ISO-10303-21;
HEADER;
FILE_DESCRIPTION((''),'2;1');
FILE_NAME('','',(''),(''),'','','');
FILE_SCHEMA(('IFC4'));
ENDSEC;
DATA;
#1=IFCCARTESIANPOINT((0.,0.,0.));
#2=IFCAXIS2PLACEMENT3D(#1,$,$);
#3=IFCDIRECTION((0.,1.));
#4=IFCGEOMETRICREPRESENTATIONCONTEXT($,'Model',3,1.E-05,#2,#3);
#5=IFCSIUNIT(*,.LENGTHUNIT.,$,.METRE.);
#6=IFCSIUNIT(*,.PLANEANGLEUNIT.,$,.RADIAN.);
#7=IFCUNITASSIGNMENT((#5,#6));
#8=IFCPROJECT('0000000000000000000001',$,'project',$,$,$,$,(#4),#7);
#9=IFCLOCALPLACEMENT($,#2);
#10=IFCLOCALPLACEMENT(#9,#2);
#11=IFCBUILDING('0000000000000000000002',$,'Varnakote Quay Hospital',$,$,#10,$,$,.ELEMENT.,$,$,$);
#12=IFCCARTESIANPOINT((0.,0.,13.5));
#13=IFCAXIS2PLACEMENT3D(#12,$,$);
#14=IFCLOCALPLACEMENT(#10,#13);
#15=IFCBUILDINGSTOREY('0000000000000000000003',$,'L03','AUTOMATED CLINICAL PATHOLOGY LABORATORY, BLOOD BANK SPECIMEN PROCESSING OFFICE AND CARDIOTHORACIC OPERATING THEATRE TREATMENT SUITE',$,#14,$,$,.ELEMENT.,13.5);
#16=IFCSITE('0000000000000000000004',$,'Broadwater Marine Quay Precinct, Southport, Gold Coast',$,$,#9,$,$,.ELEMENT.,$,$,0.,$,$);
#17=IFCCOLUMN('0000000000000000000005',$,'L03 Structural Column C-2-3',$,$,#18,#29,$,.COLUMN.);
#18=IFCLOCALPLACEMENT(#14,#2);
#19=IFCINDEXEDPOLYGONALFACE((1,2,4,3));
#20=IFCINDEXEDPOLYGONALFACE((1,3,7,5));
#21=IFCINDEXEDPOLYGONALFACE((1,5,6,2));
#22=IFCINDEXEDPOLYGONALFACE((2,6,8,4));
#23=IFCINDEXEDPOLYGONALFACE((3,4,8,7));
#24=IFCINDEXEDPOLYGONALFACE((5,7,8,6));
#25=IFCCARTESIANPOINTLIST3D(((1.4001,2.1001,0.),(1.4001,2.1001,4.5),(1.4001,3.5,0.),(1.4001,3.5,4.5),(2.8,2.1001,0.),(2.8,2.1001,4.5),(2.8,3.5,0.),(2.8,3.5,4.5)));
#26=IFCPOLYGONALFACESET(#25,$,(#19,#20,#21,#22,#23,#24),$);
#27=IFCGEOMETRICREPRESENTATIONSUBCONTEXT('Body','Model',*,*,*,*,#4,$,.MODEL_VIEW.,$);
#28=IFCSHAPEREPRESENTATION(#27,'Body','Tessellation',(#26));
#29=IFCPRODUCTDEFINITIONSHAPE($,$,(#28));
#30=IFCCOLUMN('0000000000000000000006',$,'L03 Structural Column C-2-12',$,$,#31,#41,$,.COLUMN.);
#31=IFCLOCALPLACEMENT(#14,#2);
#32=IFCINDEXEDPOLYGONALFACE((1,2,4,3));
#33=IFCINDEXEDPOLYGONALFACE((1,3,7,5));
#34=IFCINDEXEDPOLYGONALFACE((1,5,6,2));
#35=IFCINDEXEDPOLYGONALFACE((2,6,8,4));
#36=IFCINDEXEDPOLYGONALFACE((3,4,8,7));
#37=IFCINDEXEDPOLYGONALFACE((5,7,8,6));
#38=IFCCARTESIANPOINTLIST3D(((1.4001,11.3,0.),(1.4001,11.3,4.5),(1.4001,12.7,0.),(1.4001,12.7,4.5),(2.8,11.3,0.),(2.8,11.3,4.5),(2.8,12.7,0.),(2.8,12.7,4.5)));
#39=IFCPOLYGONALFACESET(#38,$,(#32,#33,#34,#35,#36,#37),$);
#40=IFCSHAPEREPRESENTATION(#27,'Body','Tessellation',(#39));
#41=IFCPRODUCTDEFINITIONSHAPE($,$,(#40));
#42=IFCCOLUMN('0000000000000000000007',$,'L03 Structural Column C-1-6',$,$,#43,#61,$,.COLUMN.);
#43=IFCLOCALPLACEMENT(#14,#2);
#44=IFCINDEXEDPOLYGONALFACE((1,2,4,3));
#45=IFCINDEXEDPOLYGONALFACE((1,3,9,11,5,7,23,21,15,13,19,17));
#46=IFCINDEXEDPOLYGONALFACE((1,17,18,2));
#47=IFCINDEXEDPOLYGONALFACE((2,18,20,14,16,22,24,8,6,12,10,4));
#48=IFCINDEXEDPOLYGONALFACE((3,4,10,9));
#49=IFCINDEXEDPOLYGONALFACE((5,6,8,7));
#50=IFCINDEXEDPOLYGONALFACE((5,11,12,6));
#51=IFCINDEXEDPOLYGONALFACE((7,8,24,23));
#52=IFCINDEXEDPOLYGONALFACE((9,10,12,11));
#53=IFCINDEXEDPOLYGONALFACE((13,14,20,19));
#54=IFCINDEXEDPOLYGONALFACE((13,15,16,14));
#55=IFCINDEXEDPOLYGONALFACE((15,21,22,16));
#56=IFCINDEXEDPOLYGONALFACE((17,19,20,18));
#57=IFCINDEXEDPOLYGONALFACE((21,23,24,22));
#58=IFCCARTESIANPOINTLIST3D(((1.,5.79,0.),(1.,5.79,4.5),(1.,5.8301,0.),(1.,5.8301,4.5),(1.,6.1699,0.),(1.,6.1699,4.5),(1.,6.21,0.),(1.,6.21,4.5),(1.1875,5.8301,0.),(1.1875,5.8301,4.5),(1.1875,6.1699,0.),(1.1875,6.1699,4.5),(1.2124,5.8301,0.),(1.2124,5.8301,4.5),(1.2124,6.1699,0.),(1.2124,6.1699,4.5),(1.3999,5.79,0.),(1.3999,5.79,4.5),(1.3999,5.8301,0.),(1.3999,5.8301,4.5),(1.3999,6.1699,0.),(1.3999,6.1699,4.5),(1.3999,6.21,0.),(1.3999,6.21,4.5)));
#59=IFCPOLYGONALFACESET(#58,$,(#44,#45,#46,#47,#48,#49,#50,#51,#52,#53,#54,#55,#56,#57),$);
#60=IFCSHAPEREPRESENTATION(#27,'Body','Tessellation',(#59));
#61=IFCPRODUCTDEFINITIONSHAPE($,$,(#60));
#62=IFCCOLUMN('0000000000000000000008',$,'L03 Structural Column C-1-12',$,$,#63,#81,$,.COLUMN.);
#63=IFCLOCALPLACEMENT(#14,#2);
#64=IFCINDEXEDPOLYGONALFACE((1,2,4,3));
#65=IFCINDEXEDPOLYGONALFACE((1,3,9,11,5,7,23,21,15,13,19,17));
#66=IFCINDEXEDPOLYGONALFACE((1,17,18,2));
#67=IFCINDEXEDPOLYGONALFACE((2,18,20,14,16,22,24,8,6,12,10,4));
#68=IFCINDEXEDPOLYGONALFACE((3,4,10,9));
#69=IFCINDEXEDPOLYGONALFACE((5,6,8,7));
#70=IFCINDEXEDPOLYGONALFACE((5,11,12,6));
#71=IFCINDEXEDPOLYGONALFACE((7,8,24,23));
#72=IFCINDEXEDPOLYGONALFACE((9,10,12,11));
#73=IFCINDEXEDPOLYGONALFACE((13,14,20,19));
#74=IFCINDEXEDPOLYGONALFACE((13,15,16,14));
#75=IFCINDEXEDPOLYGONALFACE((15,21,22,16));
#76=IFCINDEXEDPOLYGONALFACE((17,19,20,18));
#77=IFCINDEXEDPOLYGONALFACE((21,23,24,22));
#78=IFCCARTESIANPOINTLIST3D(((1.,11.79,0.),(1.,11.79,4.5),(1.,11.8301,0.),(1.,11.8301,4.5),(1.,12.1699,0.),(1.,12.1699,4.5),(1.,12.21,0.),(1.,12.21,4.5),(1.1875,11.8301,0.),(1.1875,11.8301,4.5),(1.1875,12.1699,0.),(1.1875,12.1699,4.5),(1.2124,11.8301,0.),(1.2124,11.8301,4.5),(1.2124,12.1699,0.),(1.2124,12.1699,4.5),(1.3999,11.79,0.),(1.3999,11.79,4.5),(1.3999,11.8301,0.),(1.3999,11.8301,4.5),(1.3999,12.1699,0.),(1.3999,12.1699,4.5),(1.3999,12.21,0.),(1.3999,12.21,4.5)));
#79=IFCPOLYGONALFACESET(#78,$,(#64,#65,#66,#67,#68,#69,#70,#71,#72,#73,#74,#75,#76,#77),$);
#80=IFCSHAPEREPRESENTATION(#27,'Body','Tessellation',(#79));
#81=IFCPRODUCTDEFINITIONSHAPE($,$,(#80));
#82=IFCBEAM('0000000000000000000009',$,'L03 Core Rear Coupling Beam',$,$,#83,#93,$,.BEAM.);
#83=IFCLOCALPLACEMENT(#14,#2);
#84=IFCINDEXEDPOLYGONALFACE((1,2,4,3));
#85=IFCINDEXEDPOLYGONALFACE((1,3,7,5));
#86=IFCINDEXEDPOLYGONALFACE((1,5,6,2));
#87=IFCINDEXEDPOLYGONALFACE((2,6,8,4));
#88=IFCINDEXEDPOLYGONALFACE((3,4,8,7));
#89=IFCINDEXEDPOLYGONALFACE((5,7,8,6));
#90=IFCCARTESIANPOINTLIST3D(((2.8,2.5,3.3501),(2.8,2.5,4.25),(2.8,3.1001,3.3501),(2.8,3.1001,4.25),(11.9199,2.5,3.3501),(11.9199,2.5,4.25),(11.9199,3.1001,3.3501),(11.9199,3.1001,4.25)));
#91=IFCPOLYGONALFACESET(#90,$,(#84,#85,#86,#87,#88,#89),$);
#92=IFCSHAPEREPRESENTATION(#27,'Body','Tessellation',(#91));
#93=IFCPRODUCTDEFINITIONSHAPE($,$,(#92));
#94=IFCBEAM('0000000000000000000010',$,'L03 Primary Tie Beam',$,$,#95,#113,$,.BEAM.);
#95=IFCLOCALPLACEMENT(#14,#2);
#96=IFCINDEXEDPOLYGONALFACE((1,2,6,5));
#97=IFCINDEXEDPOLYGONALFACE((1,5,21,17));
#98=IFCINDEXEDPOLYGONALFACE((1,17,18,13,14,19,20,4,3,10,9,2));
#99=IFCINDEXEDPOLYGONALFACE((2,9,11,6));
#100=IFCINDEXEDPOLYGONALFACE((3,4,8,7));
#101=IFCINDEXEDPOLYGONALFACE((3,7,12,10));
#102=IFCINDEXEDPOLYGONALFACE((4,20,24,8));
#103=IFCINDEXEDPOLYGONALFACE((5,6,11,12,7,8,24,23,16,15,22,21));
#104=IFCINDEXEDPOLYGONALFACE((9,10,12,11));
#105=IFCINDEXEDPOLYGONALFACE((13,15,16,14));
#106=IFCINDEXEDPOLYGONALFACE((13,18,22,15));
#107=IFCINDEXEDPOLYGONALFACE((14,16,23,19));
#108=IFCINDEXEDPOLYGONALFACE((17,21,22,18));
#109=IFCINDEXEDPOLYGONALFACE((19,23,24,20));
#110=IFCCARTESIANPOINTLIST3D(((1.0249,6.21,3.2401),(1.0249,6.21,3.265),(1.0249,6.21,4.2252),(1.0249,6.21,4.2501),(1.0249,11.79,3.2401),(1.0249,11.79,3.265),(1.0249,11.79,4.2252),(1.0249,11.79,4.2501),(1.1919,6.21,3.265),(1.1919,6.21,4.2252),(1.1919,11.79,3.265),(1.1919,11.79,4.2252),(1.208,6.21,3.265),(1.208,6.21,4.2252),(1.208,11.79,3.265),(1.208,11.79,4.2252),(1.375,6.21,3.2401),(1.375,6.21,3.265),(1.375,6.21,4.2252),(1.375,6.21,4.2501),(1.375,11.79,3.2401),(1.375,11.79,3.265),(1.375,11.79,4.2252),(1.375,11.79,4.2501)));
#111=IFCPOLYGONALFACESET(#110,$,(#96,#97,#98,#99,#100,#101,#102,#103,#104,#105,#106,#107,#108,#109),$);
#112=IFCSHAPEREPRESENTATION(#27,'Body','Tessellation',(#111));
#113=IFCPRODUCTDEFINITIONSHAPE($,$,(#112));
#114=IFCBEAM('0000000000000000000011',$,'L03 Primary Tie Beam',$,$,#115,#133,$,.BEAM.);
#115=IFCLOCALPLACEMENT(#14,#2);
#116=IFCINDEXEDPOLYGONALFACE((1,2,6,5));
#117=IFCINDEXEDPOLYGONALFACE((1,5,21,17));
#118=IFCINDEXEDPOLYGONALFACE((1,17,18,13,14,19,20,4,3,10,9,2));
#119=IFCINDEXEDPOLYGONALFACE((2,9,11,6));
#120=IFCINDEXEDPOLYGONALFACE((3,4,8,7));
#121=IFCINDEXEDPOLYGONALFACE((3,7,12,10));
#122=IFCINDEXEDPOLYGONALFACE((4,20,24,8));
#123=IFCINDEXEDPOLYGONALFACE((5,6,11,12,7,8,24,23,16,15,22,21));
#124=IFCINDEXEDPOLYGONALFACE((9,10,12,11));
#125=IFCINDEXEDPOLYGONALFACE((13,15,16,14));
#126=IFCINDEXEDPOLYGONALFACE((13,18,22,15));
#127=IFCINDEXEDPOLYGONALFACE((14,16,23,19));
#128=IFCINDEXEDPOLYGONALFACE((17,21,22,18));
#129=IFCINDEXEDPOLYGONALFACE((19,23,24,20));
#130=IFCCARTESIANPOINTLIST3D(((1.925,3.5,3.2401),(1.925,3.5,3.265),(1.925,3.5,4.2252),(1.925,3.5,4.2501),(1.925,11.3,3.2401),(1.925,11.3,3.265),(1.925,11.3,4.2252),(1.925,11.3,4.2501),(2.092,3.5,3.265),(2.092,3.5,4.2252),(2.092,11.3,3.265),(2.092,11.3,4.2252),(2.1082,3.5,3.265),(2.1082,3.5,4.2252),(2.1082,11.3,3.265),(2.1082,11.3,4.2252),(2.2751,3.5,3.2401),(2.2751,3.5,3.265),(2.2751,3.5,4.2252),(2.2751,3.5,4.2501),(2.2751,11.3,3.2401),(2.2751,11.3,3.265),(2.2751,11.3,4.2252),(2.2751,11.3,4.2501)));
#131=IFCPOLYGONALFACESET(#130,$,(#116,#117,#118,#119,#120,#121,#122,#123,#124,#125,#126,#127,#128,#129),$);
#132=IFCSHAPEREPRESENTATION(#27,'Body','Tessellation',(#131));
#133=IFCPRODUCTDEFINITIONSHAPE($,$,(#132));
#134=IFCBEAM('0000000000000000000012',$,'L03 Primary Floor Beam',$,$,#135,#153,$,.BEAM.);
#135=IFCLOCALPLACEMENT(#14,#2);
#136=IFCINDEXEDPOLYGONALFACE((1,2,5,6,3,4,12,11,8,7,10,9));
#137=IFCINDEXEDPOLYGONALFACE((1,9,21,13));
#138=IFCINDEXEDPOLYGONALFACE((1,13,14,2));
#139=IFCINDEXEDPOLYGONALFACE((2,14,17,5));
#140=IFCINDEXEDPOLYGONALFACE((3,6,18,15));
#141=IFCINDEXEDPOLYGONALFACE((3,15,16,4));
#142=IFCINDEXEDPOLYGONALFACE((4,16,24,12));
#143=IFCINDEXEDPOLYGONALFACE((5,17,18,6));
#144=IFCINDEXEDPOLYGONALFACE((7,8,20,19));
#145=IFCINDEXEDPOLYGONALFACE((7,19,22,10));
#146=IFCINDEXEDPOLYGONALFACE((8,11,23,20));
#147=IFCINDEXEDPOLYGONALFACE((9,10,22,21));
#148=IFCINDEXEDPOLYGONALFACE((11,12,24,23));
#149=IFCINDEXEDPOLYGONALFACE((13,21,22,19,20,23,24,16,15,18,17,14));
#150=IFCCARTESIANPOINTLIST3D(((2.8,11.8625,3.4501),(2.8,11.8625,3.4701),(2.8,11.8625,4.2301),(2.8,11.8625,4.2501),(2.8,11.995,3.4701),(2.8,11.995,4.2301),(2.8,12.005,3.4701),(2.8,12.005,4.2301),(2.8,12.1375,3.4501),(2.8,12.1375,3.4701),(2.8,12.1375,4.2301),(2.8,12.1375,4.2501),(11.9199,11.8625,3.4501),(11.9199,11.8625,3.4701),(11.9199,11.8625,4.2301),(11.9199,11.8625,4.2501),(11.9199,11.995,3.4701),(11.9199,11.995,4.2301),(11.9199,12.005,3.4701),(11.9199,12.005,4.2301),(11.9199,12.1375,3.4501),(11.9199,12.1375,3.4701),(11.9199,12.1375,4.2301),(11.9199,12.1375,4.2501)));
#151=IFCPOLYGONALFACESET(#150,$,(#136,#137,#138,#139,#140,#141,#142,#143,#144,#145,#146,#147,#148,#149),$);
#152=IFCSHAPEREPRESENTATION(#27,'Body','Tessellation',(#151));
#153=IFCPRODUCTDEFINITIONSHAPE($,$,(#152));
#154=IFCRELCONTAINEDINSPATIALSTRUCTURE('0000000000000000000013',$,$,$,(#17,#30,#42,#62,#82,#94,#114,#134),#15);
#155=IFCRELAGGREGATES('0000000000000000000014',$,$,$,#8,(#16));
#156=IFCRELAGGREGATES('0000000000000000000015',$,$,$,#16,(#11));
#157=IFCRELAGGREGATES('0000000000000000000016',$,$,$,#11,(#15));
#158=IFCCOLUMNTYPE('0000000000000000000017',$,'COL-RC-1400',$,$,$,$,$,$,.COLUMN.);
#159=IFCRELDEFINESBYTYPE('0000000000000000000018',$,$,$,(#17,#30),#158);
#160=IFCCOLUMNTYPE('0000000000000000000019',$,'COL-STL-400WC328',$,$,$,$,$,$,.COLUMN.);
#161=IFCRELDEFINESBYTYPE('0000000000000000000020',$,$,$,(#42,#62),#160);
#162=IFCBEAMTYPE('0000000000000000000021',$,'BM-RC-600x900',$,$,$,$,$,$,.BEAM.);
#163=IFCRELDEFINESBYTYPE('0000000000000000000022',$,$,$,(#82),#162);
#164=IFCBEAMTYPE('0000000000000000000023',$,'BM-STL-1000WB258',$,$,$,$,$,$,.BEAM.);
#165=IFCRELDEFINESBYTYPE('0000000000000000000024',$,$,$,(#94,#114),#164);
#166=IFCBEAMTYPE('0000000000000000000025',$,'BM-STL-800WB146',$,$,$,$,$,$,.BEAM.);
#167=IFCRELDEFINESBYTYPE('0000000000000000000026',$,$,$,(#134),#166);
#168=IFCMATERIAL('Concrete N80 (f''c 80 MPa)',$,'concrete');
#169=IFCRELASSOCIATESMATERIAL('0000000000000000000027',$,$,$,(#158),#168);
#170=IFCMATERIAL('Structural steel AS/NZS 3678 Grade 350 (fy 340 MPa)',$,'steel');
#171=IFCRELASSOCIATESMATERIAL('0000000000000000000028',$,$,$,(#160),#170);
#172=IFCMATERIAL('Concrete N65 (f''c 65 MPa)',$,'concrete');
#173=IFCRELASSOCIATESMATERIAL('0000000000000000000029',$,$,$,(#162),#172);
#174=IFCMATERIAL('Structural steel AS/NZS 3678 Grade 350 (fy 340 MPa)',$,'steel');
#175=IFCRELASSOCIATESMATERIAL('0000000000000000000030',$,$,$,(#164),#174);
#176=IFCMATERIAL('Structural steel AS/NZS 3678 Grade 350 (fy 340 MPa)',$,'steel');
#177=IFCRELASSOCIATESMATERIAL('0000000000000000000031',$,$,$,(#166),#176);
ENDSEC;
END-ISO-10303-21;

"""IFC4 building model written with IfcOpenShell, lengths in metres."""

from ifc_helpers import new_model, si_unit, direction, frame, origin, origin_2d, place, context, subcontext, project, spatial, rectangle, i_section, extrude, material, material_profile, profile_set, type_object, element, save


model = new_model("IFC4")

# Units and contexts
model_context = context("Model", 3, precision=1e-05, world=origin(), true_north=direction((0.0, 1.0)))
body_context = subcontext(model_context, "Body", "Model", "MODEL_VIEW")
ifc_project = project(units=[si_unit("LENGTHUNIT", "METRE"), si_unit("PLANEANGLEUNIT", "RADIAN")], contexts=[model_context])

# Site, building, storey
site_placement = place(None, origin())
site = spatial("IfcSite", under=ifc_project, at=site_placement, Name="Broadwater Marine Quay Precinct, Southport, Gold Coast", CompositionType="ELEMENT", RefElevation=0.0)
building_placement = place(site_placement, origin())
building = spatial("IfcBuilding", under=site, at=building_placement, Name="Varnakote Quay Hospital", CompositionType="ELEMENT")
storey_placement = place(building_placement, frame((0.0, 0.0, 13.5)))
storey = spatial("IfcBuildingStorey", under=building, at=storey_placement, Name="L03", Description="AUTOMATED CLINICAL PATHOLOGY LABORATORY, BLOOD BANK SPECIMEN PROCESSING OFFICE AND CARDIOTHORACIC OPERATING THEATRE TREATMENT SUITE", CompositionType="ELEMENT", Elevation=13.5)

# Columns
ifc_material_1 = material(Name="Concrete N80 (f'c 80 MPa)", Category="concrete")
ifc_material_profile_1 = material_profile(ifc_material_1, rectangle(XDim=1.3999, YDim=1.3999, at=origin_2d()), Name="RC-COL-1400x1400")
ifc_profile_set_1 = profile_set([ifc_material_profile_1], Name="Concrete N80 (f'c 80 MPa)")
column_type_1 = type_object("IfcColumnType", Name="COL-RC-1400", PredefinedType="COLUMN", material=ifc_profile_set_1)
for number, where, z_axis, x_axis, name in (
    (1, (2.1001, 2.8, 0.0), (0.0, 0.0, 1.0), (1.0, 0.0, 0.0), "L03 Structural Column C-2-3"),
    (2, (2.1001, 12.0, 0.0), (0.0, 0.0, 1.0), (1.0, 0.0, 0.0), "L03 Structural Column C-2-12"),
):
    element("IfcColumn", number, at=place(storey_placement, frame(where, z_axis=z_axis, x_axis=x_axis)), inside=storey, type_object=column_type_1, Name=name, PredefinedType="COLUMN", context=body_context, shape_type="SweptSolid", body=[
        extrude(rectangle(XDim=1.3999, YDim=1.3999, at=origin_2d()), origin(), (0.0, 0.0, 1.0), 4.5),
    ])
ifc_material_2 = material(Name="Structural steel AS/NZS 3678 Grade 350 (fy 340 MPa)", Category="steel")
ifc_material_profile_2 = material_profile(ifc_material_2, i_section(OverallWidth=0.3999, OverallDepth=0.4199, WebThickness=0.0249, FlangeThickness=0.04, at=origin_2d()), Name="400WC328")
ifc_profile_set_2 = profile_set([ifc_material_profile_2], Name="Structural steel AS/NZS 3678 Grade 350 (fy 340 MPa)")
column_type_2 = type_object("IfcColumnType", Name="COL-STL-400WC328", PredefinedType="COLUMN", material=ifc_profile_set_2)
for number, where, z_axis, x_axis, name in (
    (3, (1.2, 6.0, 0.0), (0.0, 0.0, 1.0), (1.0, 0.0, 0.0), "L03 Structural Column C-1-6"),
    (4, (1.2, 12.0, 0.0), (0.0, 0.0, 1.0), (1.0, 0.0, 0.0), "L03 Structural Column C-1-12"),
):
    element("IfcColumn", number, at=place(storey_placement, frame(where, z_axis=z_axis, x_axis=x_axis)), inside=storey, type_object=column_type_2, Name=name, PredefinedType="COLUMN", context=body_context, shape_type="SweptSolid", body=[
        extrude(i_section(OverallWidth=0.3999, OverallDepth=0.4199, WebThickness=0.0249, FlangeThickness=0.04, at=origin_2d()), origin(), (0.0, 0.0, 1.0), 4.5),
    ])

# Beams
ifc_material_3 = material(Name="Concrete N65 (f'c 65 MPa)", Category="concrete")
ifc_material_profile_3 = material_profile(ifc_material_3, rectangle(XDim=0.6001, YDim=0.8999, at=origin_2d()), Name="RC-BM-600x900")
ifc_profile_set_3 = profile_set([ifc_material_profile_3], Name="Concrete N65 (f'c 65 MPa)")
beam_type_1 = type_object("IfcBeamType", Name="BM-RC-600x900", PredefinedType="BEAM", material=ifc_profile_set_3)
beam_1_placement = place(storey_placement, frame((2.8, 2.8, 3.8), z_axis=(1.0, 0.0, 0.0), x_axis=(0.0, 1.0, 0.0)))
element("IfcBeam", 5, at=beam_1_placement, inside=storey, type_object=beam_type_1, Name="L03 Core Rear Coupling Beam", PredefinedType="BEAM", context=body_context, shape_type="SweptSolid", body=[
    extrude(rectangle(XDim=0.6001, YDim=0.8999, at=origin_2d()), origin(), (0.0, 0.0, 1.0), 9.1199),
])
ifc_material_4 = material(Name="Structural steel AS/NZS 3678 Grade 350 (fy 340 MPa)", Category="steel")
ifc_material_profile_4 = material_profile(ifc_material_4, i_section(OverallWidth=0.3501, OverallDepth=1.01, WebThickness=0.0161, FlangeThickness=0.0249, at=origin_2d()), Name="1000WB258")
ifc_profile_set_4 = profile_set([ifc_material_profile_4], Name="Structural steel AS/NZS 3678 Grade 350 (fy 340 MPa)")
beam_type_2 = type_object("IfcBeamType", Name="BM-STL-1000WB258", PredefinedType="BEAM", material=ifc_profile_set_4)
beam_2_placement = place(storey_placement, frame((1.2, 6.21, 3.7451), z_axis=(0.0, 1.0, 0.0), x_axis=(-1.0, 0.0, 0.0)))
element("IfcBeam", 6, at=beam_2_placement, inside=storey, type_object=beam_type_2, Name="L03 Primary Tie Beam", PredefinedType="BEAM", context=body_context, shape_type="SweptSolid", body=[
    extrude(i_section(OverallWidth=0.3501, OverallDepth=1.01, WebThickness=0.0161, FlangeThickness=0.0249, at=origin_2d()), origin(), (0.0, 0.0, 1.0), 5.5801),
])
beam_3_placement = place(storey_placement, frame((2.1001, 3.5, 3.7451), z_axis=(0.0, 1.0, 0.0), x_axis=(-1.0, 0.0, 0.0)))
element("IfcBeam", 7, at=beam_3_placement, inside=storey, type_object=beam_type_2, Name="L03 Primary Tie Beam", PredefinedType="BEAM", context=body_context, shape_type="SweptSolid", body=[
    extrude(i_section(OverallWidth=0.3501, OverallDepth=1.01, WebThickness=0.0161, FlangeThickness=0.0249, at=origin_2d()), origin(), (0.0, 0.0, 1.0), 7.8),
])
ifc_material_5 = material(Name="Structural steel AS/NZS 3678 Grade 350 (fy 340 MPa)", Category="steel")
ifc_material_profile_5 = material_profile(ifc_material_5, i_section(OverallWidth=0.2749, OverallDepth=0.8, WebThickness=0.01, FlangeThickness=0.02, at=origin_2d()), Name="800WB146")
ifc_profile_set_5 = profile_set([ifc_material_profile_5], Name="Structural steel AS/NZS 3678 Grade 350 (fy 340 MPa)")
beam_type_3 = type_object("IfcBeamType", Name="BM-STL-800WB146", PredefinedType="BEAM", material=ifc_profile_set_5)
beam_4_placement = place(storey_placement, frame((2.8, 12.0, 3.8501), z_axis=(1.0, 0.0, 0.0), x_axis=(0.0, 1.0, 0.0)))
element("IfcBeam", 8, at=beam_4_placement, inside=storey, type_object=beam_type_3, Name="L03 Primary Floor Beam", PredefinedType="BEAM", context=body_context, shape_type="SweptSolid", body=[
    extrude(i_section(OverallWidth=0.2749, OverallDepth=0.8, WebThickness=0.01, FlangeThickness=0.02, at=origin_2d()), origin(), (0.0, 0.0, 1.0), 9.1199),
])

save(model, "model.ifc")
